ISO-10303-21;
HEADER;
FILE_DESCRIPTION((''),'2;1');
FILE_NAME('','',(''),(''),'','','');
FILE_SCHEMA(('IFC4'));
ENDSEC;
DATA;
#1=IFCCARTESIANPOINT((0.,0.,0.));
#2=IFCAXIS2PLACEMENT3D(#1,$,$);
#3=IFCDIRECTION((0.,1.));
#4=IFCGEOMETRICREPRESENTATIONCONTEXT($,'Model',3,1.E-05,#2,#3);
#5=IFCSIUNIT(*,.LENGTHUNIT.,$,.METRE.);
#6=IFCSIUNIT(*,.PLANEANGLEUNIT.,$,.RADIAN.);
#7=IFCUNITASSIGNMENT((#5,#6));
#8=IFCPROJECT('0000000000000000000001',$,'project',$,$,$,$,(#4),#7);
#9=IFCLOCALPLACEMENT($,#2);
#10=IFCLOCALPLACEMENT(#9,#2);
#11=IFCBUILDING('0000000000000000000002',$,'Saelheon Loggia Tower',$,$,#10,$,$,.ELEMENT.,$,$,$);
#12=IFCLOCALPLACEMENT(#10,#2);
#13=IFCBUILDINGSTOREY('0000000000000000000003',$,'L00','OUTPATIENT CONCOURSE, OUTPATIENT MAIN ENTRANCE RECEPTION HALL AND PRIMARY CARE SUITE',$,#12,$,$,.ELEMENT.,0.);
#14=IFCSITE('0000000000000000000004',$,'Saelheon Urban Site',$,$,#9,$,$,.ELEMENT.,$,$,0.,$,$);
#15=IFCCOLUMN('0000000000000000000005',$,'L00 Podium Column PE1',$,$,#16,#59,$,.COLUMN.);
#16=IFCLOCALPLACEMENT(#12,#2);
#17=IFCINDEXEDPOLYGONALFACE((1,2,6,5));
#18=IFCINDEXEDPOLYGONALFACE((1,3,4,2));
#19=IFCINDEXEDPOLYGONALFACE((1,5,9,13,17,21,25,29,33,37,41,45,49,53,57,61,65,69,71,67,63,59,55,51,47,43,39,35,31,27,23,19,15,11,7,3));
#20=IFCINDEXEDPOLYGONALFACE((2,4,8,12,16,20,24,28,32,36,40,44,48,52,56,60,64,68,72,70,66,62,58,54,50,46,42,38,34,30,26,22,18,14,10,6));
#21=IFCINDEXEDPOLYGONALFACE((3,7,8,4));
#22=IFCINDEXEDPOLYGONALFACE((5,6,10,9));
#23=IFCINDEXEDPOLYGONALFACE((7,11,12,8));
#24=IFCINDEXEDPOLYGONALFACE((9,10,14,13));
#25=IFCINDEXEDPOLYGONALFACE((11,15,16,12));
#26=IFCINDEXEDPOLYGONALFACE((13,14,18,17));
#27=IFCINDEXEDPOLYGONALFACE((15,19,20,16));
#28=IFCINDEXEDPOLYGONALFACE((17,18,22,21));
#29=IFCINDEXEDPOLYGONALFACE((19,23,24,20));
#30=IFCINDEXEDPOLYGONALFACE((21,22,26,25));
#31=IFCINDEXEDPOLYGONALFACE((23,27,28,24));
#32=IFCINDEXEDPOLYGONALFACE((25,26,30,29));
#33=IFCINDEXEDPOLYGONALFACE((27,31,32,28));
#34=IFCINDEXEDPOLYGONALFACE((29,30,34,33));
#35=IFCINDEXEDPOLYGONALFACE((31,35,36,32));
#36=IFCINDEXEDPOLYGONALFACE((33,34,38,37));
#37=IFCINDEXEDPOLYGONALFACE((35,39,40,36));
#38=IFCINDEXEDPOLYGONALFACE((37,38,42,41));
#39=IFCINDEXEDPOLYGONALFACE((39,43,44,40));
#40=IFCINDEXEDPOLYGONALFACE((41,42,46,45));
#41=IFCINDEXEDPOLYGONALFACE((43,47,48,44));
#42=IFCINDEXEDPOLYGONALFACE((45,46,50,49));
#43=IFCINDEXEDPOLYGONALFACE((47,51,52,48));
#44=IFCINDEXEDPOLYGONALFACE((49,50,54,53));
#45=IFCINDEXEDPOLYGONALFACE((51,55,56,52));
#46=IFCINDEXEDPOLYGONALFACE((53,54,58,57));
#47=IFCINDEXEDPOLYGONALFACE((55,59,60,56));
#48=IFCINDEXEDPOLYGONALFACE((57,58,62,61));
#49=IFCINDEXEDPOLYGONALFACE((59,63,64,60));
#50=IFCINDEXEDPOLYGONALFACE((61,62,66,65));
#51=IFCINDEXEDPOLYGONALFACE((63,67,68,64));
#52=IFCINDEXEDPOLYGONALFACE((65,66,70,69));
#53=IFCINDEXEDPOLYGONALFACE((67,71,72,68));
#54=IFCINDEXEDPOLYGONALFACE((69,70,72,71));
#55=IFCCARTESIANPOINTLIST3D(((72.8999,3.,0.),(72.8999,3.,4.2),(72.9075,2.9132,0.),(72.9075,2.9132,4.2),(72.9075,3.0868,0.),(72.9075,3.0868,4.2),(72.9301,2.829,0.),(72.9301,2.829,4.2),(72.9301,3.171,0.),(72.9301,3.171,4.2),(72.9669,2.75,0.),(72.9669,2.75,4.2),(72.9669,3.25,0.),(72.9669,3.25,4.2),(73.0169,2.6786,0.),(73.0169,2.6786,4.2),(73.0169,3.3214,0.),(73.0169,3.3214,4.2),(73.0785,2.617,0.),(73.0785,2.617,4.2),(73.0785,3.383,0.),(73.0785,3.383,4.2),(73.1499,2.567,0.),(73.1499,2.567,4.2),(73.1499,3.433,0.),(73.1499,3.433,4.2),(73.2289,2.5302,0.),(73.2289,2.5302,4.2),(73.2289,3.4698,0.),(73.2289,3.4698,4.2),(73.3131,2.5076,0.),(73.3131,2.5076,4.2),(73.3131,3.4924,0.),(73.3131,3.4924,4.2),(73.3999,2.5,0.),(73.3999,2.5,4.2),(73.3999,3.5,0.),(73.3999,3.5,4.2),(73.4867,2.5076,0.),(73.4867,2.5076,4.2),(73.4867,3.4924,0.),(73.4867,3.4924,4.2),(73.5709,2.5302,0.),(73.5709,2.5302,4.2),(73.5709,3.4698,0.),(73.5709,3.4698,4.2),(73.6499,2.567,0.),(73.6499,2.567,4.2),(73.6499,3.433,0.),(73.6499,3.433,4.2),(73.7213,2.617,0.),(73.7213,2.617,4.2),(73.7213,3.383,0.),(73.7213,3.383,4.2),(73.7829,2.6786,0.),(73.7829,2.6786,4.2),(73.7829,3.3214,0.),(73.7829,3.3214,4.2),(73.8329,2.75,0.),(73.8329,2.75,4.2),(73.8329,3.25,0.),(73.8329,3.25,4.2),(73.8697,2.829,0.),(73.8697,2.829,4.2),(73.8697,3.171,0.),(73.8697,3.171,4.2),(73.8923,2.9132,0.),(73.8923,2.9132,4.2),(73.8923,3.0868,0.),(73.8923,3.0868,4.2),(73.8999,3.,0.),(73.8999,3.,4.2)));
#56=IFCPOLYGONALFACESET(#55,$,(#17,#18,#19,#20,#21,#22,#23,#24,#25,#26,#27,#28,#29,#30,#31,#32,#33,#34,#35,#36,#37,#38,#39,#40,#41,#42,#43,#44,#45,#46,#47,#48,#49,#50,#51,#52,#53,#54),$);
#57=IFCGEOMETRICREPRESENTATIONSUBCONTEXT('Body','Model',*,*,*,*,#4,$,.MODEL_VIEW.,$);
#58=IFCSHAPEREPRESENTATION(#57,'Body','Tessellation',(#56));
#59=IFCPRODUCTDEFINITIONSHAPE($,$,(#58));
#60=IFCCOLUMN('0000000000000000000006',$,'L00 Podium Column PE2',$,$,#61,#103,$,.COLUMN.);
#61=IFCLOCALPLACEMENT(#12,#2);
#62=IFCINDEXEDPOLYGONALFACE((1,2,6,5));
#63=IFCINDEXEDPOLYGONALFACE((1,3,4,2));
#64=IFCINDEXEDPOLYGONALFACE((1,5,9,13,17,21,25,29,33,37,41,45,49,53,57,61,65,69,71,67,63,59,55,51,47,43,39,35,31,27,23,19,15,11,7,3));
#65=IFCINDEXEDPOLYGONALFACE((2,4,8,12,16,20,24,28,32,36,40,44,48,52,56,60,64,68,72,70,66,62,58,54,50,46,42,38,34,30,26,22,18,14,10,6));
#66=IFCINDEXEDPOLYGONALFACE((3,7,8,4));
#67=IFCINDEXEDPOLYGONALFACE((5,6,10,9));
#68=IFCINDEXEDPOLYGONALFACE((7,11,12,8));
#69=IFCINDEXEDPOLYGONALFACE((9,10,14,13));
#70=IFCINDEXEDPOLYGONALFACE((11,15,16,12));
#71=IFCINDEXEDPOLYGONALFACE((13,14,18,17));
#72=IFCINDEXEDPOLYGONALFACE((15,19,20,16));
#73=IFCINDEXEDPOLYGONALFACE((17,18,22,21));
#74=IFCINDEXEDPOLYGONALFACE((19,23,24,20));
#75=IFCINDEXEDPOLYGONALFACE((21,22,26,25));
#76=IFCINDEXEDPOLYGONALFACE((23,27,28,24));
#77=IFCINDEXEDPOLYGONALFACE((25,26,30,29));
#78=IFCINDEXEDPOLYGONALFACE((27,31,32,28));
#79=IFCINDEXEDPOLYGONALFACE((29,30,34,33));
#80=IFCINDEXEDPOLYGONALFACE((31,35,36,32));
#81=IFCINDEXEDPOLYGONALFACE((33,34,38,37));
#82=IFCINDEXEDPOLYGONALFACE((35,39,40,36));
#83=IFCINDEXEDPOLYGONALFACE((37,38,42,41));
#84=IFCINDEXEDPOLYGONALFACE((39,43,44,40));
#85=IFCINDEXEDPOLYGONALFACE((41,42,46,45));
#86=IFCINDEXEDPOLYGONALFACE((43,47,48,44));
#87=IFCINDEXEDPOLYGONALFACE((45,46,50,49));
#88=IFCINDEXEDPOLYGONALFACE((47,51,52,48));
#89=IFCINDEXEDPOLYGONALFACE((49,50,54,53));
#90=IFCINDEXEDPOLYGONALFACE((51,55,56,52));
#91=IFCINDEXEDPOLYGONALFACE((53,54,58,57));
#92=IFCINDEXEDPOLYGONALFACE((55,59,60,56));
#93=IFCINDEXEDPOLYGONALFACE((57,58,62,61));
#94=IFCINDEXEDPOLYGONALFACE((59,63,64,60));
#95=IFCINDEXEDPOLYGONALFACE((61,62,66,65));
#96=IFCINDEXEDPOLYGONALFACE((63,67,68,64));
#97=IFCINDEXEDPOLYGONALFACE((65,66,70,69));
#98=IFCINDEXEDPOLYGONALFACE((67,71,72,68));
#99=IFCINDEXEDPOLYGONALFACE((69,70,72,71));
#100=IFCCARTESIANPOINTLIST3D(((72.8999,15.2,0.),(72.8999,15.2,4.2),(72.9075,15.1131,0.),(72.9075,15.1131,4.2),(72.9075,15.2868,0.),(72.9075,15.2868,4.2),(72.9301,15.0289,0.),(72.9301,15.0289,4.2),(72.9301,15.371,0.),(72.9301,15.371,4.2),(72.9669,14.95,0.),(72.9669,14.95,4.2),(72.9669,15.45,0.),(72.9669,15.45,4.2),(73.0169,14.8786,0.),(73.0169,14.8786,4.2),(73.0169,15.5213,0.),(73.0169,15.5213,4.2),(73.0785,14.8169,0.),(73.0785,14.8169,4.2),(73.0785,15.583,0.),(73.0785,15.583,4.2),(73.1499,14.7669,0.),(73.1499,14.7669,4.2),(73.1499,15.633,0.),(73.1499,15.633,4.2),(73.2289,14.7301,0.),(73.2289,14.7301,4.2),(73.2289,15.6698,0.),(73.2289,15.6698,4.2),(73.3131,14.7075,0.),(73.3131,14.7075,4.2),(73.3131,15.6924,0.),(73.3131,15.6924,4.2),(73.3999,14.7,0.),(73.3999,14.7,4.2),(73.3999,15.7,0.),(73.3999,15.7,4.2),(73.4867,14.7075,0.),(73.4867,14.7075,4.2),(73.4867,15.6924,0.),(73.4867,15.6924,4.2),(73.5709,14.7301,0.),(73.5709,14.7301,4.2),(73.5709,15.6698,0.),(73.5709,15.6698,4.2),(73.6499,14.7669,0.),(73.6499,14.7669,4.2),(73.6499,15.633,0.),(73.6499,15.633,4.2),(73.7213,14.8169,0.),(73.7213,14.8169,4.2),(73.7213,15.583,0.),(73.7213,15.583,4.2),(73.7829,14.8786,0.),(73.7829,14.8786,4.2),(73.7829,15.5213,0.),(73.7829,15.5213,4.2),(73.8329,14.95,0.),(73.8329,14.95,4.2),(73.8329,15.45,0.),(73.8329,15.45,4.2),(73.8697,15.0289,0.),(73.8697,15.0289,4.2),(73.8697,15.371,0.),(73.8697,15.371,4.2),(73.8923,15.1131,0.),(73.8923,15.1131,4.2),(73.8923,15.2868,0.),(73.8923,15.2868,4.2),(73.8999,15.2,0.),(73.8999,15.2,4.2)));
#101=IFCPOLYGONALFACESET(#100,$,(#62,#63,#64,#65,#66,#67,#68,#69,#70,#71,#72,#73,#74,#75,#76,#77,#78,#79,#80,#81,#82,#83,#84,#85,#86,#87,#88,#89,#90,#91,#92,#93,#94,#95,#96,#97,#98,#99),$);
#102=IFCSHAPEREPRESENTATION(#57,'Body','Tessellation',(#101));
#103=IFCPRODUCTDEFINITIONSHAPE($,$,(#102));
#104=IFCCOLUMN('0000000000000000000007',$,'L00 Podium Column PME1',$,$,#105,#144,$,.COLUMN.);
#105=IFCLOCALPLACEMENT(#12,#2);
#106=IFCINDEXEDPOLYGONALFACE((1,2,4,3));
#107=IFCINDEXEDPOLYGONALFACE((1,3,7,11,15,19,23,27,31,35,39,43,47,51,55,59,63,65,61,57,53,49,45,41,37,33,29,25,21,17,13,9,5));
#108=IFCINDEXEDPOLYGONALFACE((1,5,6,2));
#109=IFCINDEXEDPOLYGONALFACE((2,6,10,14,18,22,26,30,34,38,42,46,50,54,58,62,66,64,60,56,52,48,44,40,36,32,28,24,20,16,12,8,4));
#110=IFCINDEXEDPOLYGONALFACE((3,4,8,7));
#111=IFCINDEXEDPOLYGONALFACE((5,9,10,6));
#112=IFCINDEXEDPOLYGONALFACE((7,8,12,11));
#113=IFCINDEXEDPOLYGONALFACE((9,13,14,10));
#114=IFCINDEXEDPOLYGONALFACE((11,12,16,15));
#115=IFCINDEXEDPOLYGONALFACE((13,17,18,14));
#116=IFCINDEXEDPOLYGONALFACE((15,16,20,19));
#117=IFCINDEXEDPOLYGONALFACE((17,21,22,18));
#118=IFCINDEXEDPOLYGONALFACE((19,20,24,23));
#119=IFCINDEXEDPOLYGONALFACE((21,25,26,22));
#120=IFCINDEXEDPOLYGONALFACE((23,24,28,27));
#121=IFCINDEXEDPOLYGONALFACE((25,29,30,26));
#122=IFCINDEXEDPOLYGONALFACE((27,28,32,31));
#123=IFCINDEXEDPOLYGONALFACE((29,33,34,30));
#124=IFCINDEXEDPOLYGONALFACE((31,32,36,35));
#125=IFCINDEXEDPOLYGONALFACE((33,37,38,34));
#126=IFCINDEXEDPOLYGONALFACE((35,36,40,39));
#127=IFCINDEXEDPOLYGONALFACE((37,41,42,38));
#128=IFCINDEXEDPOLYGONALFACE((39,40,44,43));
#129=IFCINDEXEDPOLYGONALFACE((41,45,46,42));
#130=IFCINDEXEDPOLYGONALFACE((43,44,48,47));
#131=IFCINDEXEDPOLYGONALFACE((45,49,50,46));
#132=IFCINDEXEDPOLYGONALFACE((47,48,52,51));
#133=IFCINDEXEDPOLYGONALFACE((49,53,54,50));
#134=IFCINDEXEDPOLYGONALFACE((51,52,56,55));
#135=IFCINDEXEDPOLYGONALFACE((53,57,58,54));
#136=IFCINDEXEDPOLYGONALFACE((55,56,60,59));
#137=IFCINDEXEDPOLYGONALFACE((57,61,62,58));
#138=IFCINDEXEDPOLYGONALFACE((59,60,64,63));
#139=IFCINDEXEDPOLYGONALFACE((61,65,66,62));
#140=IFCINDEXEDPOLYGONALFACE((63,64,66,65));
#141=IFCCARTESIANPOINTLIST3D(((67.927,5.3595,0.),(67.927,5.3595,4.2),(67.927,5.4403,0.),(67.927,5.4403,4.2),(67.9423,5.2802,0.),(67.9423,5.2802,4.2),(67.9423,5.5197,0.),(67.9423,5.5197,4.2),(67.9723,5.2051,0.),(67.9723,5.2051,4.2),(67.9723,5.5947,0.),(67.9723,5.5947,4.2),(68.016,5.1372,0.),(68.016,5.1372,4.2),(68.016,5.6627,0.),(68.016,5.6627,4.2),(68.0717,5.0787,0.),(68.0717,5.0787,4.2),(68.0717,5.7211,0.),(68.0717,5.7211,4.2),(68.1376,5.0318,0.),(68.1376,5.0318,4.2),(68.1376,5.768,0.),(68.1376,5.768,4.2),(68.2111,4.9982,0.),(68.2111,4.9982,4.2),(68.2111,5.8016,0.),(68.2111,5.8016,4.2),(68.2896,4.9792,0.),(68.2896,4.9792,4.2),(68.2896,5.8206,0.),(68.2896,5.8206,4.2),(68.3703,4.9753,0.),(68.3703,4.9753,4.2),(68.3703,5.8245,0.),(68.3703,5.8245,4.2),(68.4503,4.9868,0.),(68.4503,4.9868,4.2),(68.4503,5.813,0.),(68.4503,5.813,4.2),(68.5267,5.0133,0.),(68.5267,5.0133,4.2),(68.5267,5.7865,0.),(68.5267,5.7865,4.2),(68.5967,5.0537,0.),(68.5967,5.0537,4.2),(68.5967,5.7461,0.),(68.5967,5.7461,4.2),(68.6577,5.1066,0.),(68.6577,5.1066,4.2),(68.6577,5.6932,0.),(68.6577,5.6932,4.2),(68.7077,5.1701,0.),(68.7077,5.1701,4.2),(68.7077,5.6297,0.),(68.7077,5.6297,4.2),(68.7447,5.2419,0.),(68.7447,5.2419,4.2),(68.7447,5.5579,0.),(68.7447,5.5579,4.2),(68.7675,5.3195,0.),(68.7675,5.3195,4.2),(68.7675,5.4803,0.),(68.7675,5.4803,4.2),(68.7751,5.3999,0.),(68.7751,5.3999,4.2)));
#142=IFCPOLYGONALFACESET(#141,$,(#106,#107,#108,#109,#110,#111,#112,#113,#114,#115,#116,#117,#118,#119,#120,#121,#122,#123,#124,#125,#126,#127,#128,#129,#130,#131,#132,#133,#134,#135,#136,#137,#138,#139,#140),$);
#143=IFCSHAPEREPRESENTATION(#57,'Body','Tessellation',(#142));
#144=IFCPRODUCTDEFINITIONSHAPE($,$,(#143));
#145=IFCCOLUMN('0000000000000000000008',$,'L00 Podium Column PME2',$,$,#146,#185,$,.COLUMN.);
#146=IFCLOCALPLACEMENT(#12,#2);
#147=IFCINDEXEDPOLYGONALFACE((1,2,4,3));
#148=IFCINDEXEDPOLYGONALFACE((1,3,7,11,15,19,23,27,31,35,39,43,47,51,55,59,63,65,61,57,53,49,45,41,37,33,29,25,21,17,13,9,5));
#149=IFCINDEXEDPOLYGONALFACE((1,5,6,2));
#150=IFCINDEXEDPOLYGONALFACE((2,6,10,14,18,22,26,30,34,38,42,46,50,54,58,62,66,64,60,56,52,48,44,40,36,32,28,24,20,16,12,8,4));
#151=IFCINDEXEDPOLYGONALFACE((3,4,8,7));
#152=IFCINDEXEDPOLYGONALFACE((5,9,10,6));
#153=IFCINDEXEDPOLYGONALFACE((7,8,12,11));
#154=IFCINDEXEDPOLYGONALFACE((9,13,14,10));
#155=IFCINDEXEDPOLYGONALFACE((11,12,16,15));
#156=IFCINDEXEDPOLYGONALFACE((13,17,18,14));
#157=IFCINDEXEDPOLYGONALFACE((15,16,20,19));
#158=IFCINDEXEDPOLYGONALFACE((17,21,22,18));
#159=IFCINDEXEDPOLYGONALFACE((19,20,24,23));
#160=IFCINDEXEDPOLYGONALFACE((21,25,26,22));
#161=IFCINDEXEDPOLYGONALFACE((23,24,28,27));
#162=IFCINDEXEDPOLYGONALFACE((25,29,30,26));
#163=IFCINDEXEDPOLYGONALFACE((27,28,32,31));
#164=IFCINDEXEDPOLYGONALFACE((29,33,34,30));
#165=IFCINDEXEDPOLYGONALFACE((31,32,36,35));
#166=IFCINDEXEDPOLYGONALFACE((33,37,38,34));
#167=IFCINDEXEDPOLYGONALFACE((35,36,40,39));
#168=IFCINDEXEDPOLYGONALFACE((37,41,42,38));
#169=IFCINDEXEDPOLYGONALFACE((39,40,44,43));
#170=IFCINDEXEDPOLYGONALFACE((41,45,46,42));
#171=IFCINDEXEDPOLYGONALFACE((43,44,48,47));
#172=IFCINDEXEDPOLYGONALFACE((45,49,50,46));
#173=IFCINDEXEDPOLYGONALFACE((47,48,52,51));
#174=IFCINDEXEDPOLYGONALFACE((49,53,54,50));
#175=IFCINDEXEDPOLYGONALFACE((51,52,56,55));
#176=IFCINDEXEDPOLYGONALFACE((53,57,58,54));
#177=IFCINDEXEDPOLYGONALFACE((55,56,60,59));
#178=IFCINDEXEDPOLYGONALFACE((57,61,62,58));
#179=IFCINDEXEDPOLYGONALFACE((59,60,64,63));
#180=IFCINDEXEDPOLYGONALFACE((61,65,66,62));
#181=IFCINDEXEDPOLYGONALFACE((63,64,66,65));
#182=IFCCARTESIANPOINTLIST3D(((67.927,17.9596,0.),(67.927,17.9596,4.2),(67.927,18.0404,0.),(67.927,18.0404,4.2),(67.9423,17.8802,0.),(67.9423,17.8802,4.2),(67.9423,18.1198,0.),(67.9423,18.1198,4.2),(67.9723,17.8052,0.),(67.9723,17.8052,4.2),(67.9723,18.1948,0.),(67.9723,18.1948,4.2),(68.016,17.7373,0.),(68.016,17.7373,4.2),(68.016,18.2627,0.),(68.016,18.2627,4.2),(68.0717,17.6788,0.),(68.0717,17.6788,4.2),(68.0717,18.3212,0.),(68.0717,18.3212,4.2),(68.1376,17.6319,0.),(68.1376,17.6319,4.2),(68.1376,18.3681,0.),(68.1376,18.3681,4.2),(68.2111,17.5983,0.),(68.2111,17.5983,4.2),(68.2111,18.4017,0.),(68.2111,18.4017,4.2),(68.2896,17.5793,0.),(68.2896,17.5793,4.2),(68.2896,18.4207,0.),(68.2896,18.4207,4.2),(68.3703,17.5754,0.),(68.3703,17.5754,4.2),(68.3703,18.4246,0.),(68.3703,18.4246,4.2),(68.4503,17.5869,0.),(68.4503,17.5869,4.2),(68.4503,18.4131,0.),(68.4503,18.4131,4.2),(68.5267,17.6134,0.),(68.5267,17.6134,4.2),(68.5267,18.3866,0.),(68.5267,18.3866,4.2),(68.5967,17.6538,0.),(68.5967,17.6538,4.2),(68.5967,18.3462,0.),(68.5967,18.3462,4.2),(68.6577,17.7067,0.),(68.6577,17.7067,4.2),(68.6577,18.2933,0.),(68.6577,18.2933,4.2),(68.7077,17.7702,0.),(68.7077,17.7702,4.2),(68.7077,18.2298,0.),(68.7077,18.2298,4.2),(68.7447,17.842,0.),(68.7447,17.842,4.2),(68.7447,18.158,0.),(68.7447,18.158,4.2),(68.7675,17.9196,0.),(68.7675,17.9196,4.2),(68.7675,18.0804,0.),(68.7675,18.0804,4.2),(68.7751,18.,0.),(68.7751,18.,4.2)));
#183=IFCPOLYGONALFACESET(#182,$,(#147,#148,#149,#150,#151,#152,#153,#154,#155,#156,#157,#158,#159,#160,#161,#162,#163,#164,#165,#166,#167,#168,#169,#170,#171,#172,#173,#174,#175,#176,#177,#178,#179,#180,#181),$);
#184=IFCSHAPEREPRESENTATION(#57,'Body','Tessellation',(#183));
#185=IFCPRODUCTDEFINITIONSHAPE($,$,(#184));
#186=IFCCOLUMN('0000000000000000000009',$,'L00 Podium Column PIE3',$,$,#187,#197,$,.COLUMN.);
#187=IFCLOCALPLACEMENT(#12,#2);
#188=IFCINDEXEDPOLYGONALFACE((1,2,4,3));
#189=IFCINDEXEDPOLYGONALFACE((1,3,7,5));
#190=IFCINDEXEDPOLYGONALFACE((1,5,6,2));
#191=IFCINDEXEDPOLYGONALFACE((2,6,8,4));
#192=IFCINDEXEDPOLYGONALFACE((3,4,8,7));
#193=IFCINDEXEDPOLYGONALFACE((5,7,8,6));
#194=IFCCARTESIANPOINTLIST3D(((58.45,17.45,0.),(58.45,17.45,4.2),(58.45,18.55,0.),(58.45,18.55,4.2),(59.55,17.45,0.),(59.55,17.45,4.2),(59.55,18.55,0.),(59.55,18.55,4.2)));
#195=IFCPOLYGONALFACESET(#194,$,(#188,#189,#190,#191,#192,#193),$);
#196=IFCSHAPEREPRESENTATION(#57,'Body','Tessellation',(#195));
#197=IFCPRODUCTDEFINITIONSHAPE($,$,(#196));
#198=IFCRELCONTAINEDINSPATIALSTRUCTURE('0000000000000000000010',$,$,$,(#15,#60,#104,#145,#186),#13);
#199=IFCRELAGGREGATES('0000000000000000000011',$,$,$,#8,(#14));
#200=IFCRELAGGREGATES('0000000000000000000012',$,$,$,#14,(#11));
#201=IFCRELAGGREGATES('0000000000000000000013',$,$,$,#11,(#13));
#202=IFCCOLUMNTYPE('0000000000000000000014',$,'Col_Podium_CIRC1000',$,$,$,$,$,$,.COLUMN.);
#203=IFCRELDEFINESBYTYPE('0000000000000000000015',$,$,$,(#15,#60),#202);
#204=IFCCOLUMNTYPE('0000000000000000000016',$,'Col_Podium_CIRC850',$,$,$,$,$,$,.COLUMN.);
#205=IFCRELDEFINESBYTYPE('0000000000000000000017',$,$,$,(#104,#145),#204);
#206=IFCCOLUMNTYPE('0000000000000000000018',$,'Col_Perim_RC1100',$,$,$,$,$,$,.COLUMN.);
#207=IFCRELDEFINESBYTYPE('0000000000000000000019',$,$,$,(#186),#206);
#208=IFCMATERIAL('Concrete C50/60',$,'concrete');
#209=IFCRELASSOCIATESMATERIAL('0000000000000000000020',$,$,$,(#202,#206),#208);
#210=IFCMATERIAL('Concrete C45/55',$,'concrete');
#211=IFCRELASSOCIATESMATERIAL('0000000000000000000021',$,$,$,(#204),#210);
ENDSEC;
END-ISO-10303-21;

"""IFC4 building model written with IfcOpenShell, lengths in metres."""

from ifc_helpers import new_model, si_unit, direction, frame, origin, origin_2d, place, context, subcontext, project, spatial, rectangle, circle, extrude, source, transform, mapped, material, material_profile, profile_set, type_object, element, save


model = new_model("IFC4")

# Units and contexts
model_context = context("Model", 3, precision=1e-05, world=origin(), true_north=direction((0.0, 1.0)))
body_context = subcontext(model_context, "Body", "Model", "MODEL_VIEW")
ifc_project = project(units=[si_unit("LENGTHUNIT", "METRE"), si_unit("PLANEANGLEUNIT", "RADIAN")], contexts=[model_context])

# Site, building, storey
site_placement = place(None, origin())
site = spatial("IfcSite", under=ifc_project, at=site_placement, Name="Saelheon Urban Site", CompositionType="ELEMENT", RefElevation=0.0)
building_placement = place(site_placement, origin())
building = spatial("IfcBuilding", under=site, at=building_placement, Name="Saelheon Loggia Tower", CompositionType="ELEMENT")
storey_placement = place(building_placement, origin())
storey = spatial("IfcBuildingStorey", under=building, at=storey_placement, Name="L00", Description="OUTPATIENT CONCOURSE, OUTPATIENT MAIN ENTRANCE RECEPTION HALL AND PRIMARY CARE SUITE", CompositionType="ELEMENT", Elevation=0.0)

# Columns
ifc_material_1 = material(Name="Concrete C50/60", Category="concrete")
ifc_material_profile_1 = material_profile(ifc_material_1, circle(Radius=0.5, at=origin_2d()), Name="CIRC-1000")
ifc_profile_set_1 = profile_set([ifc_material_profile_1], Name="Concrete C50/60")
column_type_1 = type_object("IfcColumnType", Name="Col_Podium_CIRC1000", PredefinedType="COLUMN", material=ifc_profile_set_1)
shared_shape_1 = source(origin(), body_context, "Body", "SweptSolid", [
    extrude(circle(Radius=0.5, at=origin_2d()), origin(), (0.0, 0.0, 1.0), 4.2),
])
for number, where, z_axis, x_axis, name in (
    (1, (73.3999, 3.0, 0.0), (0.0, 0.0, 1.0), (1.0, 0.0, 0.0), "L00 Podium Column PE1"),
    (2, (73.3999, 15.2, 0.0), (0.0, 0.0, 1.0), (1.0, 0.0, 0.0), "L00 Podium Column PE2"),
):
    element("IfcColumn", number, at=place(storey_placement, frame(where, z_axis=z_axis, x_axis=x_axis)), inside=storey, type_object=column_type_1, Name=name, PredefinedType="COLUMN", context=body_context, shape_type="MappedRepresentation", body=[
        mapped(shared_shape_1, transform((0.0, 0.0, 0.0), scale=1.0)),
    ])
ifc_material_2 = material(Name="Concrete C45/55", Category="concrete")
ifc_material_profile_2 = material_profile(ifc_material_2, circle(Radius=0.425, at=origin_2d()), Name="CIRC-850")
ifc_profile_set_2 = profile_set([ifc_material_profile_2], Name="Concrete C45/55")
column_type_2 = type_object("IfcColumnType", Name="Col_Podium_CIRC850", PredefinedType="COLUMN", material=ifc_profile_set_2)
shared_shape_2 = source(origin(), body_context, "Body", "SweptSolid", [
    extrude(circle(Radius=0.425, at=origin_2d()), origin(), (0.0, 0.0, 1.0), 4.2),
])
for number, where, z_axis, x_axis, name in (
    (3, (68.3501, 5.3999, 0.0), (0.0, 0.0, 1.0), (1.0, 0.0, 0.0), "L00 Podium Column PME1"),
    (4, (68.3501, 18.0, 0.0), (0.0, 0.0, 1.0), (1.0, 0.0, 0.0), "L00 Podium Column PME2"),
):
    element("IfcColumn", number, at=place(storey_placement, frame(where, z_axis=z_axis, x_axis=x_axis)), inside=storey, type_object=column_type_2, Name=name, PredefinedType="COLUMN", context=body_context, shape_type="MappedRepresentation", body=[
        mapped(shared_shape_2, transform((0.0, 0.0, 0.0), scale=1.0)),
    ])
ifc_material_profile_3 = material_profile(ifc_material_1, rectangle(XDim=1.1001, YDim=1.1001, at=origin_2d()), Name="RC-1100x1100")
ifc_profile_set_3 = profile_set([ifc_material_profile_3], Name="Concrete C50/60")
column_type_3 = type_object("IfcColumnType", Name="Col_Perim_RC1100", PredefinedType="COLUMN", material=ifc_profile_set_3)
shared_shape_3 = source(origin(), body_context, "Body", "SweptSolid", [
    extrude(rectangle(XDim=1.1001, YDim=1.1001, at=origin_2d()), origin(), (0.0, 0.0, 1.0), 4.2),
])
column_placement = place(storey_placement, frame((59.0, 18.0, 0.0), z_axis=(0.0, 0.0, 1.0), x_axis=(1.0, 0.0, 0.0)))
element("IfcColumn", 5, at=column_placement, inside=storey, type_object=column_type_3, Name="L00 Podium Column PIE3", PredefinedType="COLUMN", context=body_context, shape_type="MappedRepresentation", body=[
    mapped(shared_shape_3, transform((0.0, 0.0, 0.0), scale=1.0)),
])

save(model, "model.ifc")
